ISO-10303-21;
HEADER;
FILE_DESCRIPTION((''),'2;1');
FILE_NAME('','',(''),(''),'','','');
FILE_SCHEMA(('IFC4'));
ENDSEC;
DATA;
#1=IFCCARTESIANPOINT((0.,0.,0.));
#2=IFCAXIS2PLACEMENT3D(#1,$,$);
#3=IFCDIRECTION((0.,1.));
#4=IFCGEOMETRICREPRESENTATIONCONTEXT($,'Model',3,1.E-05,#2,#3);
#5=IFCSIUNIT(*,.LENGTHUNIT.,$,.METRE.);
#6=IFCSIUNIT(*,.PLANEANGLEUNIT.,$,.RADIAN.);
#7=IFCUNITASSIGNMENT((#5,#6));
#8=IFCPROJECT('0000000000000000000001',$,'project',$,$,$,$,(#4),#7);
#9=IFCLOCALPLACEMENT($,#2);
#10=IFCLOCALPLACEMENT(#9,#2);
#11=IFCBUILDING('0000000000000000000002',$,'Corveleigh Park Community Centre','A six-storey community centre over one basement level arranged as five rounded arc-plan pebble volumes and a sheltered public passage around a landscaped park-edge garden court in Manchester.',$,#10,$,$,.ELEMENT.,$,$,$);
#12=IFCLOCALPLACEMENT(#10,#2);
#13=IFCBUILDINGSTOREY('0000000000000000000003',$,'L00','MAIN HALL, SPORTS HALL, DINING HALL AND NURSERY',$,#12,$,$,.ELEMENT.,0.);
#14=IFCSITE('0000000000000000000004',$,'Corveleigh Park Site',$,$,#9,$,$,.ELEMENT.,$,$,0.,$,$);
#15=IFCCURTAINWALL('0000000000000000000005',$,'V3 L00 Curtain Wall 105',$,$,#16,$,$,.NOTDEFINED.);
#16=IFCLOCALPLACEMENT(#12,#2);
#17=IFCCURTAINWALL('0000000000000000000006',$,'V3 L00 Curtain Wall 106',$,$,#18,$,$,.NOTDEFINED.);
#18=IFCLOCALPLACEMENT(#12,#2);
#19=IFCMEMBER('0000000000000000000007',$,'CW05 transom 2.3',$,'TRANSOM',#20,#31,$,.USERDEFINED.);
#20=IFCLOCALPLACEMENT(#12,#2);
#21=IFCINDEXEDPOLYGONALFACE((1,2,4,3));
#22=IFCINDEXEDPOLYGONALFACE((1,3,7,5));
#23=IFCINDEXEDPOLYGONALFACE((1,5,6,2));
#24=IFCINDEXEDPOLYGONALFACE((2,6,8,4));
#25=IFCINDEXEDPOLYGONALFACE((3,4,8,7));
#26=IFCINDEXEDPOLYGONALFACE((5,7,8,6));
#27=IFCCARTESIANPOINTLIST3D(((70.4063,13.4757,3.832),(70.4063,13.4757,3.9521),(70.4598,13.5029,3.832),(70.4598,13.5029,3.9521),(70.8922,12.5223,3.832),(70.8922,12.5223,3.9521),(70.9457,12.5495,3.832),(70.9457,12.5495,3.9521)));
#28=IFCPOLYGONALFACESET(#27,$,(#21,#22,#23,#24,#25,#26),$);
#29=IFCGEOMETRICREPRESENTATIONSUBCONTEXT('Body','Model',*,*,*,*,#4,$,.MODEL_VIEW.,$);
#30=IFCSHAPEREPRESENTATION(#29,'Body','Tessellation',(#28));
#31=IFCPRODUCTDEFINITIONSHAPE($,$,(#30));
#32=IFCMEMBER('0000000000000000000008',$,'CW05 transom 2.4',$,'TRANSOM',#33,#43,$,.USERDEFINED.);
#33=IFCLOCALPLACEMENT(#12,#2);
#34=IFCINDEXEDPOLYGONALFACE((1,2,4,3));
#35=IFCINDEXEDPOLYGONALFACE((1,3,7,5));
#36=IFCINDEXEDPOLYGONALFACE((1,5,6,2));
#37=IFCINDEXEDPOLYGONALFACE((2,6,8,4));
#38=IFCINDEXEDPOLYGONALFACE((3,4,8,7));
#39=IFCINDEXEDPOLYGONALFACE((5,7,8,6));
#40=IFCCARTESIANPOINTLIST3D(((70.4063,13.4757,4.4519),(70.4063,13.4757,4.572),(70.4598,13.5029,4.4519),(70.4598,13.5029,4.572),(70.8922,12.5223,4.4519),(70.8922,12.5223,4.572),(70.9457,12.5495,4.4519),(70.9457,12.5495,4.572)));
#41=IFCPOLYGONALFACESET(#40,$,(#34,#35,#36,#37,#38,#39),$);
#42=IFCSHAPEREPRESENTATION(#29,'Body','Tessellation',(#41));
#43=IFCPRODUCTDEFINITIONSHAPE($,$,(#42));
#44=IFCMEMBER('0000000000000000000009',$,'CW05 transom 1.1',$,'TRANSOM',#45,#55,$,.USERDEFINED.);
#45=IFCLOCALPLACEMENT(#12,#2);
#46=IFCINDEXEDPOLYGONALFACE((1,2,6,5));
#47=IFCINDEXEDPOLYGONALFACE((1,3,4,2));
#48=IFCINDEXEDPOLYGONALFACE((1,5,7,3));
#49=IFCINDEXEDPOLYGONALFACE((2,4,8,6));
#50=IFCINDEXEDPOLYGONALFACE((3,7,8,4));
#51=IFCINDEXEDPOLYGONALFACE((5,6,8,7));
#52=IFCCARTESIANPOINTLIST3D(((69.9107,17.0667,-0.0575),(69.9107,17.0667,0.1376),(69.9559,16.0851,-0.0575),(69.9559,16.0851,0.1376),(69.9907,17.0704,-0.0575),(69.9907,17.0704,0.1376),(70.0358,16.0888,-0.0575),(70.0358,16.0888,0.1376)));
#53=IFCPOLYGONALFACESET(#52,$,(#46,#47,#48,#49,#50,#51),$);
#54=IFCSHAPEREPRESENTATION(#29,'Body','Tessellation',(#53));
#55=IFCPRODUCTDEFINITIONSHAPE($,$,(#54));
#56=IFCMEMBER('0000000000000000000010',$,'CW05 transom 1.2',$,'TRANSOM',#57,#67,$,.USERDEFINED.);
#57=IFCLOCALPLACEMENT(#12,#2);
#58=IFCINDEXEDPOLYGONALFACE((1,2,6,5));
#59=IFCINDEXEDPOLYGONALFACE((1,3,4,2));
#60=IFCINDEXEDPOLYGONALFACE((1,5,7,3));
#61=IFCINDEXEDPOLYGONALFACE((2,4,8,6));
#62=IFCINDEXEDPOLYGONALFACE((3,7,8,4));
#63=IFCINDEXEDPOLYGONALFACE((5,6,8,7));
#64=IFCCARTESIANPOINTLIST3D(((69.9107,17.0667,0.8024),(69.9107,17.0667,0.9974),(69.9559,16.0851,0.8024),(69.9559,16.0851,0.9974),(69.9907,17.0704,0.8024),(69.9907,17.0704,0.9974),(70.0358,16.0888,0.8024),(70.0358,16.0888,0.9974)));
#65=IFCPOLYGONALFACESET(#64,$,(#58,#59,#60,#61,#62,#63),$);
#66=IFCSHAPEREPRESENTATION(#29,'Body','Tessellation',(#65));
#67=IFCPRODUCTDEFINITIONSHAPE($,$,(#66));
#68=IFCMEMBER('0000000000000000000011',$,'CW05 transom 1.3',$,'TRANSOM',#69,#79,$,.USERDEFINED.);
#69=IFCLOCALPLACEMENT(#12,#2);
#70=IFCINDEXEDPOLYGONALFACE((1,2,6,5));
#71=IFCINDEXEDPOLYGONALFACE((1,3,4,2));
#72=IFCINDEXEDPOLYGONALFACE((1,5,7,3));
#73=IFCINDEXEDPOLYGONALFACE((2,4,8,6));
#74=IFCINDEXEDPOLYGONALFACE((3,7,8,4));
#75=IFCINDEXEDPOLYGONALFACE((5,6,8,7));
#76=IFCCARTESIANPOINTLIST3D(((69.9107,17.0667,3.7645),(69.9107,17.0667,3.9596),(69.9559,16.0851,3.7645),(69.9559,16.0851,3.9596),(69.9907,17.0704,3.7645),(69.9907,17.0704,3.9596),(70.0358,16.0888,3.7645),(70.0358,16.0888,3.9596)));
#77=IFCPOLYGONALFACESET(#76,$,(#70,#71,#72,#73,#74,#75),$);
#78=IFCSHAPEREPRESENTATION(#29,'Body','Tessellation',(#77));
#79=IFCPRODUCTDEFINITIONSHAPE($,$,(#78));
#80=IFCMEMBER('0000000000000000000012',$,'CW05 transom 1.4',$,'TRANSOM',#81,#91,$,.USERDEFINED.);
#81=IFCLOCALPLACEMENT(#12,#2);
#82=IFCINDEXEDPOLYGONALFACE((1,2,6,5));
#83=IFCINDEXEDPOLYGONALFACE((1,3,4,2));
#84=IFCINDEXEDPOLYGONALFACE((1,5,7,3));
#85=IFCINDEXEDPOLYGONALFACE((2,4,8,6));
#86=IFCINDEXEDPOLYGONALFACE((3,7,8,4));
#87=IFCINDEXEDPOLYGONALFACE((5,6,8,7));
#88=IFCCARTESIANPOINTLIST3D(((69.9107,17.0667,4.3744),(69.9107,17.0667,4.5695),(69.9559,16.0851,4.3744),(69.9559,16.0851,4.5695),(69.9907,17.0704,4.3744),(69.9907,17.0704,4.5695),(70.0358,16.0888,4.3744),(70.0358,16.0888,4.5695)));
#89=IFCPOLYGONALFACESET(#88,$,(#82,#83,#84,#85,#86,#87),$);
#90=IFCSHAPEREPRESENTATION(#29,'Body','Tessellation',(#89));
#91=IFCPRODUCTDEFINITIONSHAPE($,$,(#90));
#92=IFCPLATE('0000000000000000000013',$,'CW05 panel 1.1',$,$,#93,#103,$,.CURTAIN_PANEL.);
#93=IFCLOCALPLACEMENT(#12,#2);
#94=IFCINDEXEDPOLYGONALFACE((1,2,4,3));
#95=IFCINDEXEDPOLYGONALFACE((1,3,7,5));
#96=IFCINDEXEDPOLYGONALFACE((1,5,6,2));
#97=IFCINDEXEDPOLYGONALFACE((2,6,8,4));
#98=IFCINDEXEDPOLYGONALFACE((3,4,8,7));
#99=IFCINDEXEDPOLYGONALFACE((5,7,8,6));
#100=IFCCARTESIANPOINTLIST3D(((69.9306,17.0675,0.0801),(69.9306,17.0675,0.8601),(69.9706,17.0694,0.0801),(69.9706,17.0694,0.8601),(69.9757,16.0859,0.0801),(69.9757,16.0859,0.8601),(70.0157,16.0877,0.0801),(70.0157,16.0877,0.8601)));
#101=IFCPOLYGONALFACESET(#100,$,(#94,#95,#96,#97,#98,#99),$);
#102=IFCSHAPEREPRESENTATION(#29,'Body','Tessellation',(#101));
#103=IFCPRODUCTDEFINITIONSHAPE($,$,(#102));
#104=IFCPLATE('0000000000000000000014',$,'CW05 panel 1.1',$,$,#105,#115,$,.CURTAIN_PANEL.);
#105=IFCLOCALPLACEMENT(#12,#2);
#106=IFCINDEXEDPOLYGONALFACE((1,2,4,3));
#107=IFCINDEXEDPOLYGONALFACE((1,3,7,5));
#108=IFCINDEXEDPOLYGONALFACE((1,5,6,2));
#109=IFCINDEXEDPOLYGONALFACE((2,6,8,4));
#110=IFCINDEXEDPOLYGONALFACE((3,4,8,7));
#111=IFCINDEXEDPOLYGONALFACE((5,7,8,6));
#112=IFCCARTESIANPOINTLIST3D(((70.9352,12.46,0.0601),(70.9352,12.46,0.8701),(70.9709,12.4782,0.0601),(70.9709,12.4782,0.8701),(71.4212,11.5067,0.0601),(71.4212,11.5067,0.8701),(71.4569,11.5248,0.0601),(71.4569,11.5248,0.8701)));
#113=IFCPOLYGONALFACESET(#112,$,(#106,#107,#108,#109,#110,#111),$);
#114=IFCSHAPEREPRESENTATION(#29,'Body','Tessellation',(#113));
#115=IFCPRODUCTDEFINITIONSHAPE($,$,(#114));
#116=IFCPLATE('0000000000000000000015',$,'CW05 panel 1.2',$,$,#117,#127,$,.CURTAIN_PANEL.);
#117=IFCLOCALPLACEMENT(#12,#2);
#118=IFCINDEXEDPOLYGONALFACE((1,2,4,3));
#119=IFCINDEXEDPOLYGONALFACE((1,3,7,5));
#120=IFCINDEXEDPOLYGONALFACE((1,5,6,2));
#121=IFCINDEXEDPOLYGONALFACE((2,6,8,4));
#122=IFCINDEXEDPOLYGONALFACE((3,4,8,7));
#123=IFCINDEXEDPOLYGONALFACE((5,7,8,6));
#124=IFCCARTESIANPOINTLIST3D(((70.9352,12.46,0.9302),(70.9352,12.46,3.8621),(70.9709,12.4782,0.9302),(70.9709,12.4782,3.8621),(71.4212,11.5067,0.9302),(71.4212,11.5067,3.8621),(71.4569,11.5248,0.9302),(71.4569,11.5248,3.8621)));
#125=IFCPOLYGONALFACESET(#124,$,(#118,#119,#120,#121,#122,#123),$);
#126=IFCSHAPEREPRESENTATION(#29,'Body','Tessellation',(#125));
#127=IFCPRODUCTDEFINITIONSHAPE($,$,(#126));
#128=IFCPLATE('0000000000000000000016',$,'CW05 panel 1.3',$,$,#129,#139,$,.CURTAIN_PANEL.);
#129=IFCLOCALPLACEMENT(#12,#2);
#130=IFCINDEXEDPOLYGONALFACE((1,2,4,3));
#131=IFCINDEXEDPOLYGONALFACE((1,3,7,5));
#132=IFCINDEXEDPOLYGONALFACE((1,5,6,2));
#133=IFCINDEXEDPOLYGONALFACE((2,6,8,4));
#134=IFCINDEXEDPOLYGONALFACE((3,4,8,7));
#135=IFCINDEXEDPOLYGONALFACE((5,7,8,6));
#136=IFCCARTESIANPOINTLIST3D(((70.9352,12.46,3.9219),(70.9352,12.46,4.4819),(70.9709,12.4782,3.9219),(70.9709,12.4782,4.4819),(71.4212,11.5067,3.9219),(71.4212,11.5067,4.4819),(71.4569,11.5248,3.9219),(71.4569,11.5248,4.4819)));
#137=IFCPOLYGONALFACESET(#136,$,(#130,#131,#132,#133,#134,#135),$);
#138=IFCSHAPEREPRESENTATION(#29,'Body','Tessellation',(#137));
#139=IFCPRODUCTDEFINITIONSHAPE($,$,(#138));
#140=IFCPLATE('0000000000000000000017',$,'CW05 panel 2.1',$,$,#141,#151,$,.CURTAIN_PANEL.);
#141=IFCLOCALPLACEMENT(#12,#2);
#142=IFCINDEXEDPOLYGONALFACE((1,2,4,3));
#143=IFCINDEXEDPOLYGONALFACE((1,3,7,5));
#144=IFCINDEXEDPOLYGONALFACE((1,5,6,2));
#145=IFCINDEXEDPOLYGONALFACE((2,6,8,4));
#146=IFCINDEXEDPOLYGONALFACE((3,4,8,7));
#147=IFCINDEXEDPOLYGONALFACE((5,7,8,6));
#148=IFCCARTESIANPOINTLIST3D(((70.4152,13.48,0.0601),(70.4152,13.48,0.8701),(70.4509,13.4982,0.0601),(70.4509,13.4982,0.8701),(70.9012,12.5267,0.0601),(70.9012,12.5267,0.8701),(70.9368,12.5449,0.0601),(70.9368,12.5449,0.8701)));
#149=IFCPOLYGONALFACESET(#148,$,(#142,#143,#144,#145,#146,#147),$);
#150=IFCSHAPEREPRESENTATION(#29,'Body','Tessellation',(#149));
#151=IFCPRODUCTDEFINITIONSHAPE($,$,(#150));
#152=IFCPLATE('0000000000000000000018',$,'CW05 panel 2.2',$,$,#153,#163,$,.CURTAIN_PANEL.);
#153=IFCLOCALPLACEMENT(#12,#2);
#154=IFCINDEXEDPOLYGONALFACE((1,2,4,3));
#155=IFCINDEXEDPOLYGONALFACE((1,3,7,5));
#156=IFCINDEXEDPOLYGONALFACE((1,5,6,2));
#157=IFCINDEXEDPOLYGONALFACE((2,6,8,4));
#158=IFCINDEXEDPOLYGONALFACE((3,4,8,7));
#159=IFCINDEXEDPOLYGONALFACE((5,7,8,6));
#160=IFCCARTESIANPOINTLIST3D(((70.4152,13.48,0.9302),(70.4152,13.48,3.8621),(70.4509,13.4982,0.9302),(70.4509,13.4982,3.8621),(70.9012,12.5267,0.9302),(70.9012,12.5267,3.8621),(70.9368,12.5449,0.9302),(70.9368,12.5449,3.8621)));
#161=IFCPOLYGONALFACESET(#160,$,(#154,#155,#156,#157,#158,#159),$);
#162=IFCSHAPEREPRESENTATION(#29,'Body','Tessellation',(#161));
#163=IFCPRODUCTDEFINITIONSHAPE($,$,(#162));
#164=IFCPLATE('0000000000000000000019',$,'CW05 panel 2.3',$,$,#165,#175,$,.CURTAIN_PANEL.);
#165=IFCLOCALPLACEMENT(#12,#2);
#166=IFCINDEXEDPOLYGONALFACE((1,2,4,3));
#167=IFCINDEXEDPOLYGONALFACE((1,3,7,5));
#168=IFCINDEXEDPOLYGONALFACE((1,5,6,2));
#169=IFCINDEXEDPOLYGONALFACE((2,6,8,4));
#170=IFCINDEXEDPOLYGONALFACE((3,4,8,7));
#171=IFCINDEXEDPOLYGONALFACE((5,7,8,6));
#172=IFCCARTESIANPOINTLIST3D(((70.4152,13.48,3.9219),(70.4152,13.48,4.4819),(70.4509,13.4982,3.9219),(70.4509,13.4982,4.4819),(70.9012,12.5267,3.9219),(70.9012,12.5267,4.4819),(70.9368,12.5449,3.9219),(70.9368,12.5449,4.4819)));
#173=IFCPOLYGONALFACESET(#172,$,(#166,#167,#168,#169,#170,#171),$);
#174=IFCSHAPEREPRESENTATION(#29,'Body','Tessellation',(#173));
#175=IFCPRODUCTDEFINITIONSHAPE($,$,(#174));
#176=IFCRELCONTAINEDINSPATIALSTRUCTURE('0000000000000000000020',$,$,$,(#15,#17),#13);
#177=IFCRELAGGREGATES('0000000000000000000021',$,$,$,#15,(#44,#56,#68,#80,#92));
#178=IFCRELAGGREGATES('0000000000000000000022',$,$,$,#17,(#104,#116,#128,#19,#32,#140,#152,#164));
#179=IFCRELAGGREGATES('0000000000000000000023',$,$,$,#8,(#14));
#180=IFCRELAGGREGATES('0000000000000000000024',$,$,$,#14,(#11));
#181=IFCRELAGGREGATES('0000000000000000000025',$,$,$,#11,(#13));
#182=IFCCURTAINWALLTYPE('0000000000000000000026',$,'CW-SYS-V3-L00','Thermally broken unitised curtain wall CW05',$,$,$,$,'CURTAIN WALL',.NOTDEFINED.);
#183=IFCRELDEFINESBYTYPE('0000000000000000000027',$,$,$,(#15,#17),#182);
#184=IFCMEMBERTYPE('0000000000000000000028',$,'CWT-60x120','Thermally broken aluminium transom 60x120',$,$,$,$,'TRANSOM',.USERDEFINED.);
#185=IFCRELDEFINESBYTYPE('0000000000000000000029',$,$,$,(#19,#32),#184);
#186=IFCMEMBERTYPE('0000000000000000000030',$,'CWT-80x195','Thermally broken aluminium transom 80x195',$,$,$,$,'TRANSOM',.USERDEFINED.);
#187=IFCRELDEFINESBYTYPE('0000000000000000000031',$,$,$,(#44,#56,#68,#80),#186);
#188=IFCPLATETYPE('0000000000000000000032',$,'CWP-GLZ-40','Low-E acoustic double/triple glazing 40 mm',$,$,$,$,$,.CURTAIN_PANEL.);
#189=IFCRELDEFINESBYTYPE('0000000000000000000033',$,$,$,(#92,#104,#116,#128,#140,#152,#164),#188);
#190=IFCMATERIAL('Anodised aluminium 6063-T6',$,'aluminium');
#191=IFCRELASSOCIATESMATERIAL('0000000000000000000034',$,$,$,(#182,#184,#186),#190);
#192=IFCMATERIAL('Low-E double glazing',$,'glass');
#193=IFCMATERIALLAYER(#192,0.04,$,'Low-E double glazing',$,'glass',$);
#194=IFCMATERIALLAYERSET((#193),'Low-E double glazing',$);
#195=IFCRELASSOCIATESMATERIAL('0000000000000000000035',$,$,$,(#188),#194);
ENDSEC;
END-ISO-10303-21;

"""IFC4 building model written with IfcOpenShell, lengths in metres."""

from ifc_helpers import new_model, si_unit, direction, frame, origin, origin_2d, place, context, subcontext, project, spatial, rectangle, extrude, material, layer, layer_set, material_profile, profile_set, type_object, element, aggregate, save


model = new_model("IFC4")

# Units and contexts
model_context = context("Model", 3, precision=1e-05, world=origin(), true_north=direction((0.0, 1.0)))
body_context = subcontext(model_context, "Body", "Model", "MODEL_VIEW")
ifc_project = project(units=[si_unit("LENGTHUNIT", "METRE"), si_unit("PLANEANGLEUNIT", "RADIAN")], contexts=[model_context])

# Site, building, storey
site_placement = place(None, origin())
site = spatial("IfcSite", under=ifc_project, at=site_placement, Name="Corveleigh Park Site", CompositionType="ELEMENT", RefElevation=0.0)
building_placement = place(site_placement, origin())
building = spatial("IfcBuilding", under=site, at=building_placement, Name="Corveleigh Park Community Centre", Description="A six-storey community centre over one basement level arranged as five rounded arc-plan pebble volumes and a sheltered public passage around a landscaped park-edge garden court in Manchester.", CompositionType="ELEMENT")
storey_placement = place(building_placement, origin())
storey = spatial("IfcBuildingStorey", under=building, at=storey_placement, Name="L00", Description="MAIN HALL, SPORTS HALL, DINING HALL AND NURSERY", CompositionType="ELEMENT", Elevation=0.0)

# Curtain wall
ifc_material_1 = material(Name="Anodised aluminium 6063-T6", Category="aluminium")
curtain_wall_type = type_object("IfcCurtainWallType", Name="CW-SYS-V3-L00", Description="Thermally broken unitised curtain wall CW05", ElementType="CURTAIN WALL", PredefinedType="NOTDEFINED", material=ifc_material_1)
curtain_wall_1_placement = place(storey_placement, origin())
curtain_wall_1 = element("IfcCurtainWall", 1, at=curtain_wall_1_placement, inside=storey, type_object=curtain_wall_type, Name="V3 L00 Curtain Wall 105", PredefinedType="NOTDEFINED")

# Curtain wall, members
curtain_wall_2_placement = place(storey_placement, origin())
curtain_wall_2 = element("IfcCurtainWall", 2, at=curtain_wall_2_placement, inside=storey, type_object=curtain_wall_type, Name="V3 L00 Curtain Wall 106", PredefinedType="NOTDEFINED")
ifc_material_profile_1 = material_profile(ifc_material_1, rectangle(XDim=0.0601, YDim=0.1201, at=origin_2d()), Name="ALU-T60x120", Category="aluminium")
ifc_profile_set_1 = profile_set([ifc_material_profile_1], Name="Anodised aluminium 6063-T6")
member_type_1 = type_object("IfcMemberType", Name="CWT-60x120", Description="Thermally broken aluminium transom 60x120", ElementType="TRANSOM", PredefinedType="USERDEFINED", material=ifc_profile_set_1)
member_1_placement = place(storey_placement, frame((70.9189, 12.5359, 3.8921), z_axis=(-0.454045, 0.890979, 0.0), x_axis=(-0.890979, -0.454045, 0.0)))
member_1 = element("IfcMember", 3, at=member_1_placement, type_object=member_type_1, Name="CW05 transom 2.3", ObjectType="TRANSOM", PredefinedType="USERDEFINED", context=body_context, shape_type="SweptSolid", body=[
    extrude(rectangle(XDim=0.0601, YDim=0.1201, at=origin_2d()), origin(), (0.0, 0.0, 1.0), 1.0701),
])
member_2_placement = place(storey_placement, frame((70.9189, 12.5359, 4.512), z_axis=(-0.454045, 0.890979, 0.0), x_axis=(-0.890979, -0.454045, 0.0)))
member_2 = element("IfcMember", 4, at=member_2_placement, type_object=member_type_1, Name="CW05 transom 2.4", ObjectType="TRANSOM", PredefinedType="USERDEFINED", context=body_context, shape_type="SweptSolid", body=[
    extrude(rectangle(XDim=0.0601, YDim=0.1201, at=origin_2d()), origin(), (0.0, 0.0, 1.0), 1.0701),
])

# Members
ifc_material_profile_2 = material_profile(ifc_material_1, rectangle(XDim=0.0801, YDim=0.1951, at=origin_2d()), Name="ALU-T80x195", Category="aluminium")
ifc_profile_set_2 = profile_set([ifc_material_profile_2], Name="Anodised aluminium 6063-T6")
member_type_2 = type_object("IfcMemberType", Name="CWT-80x195", Description="Thermally broken aluminium transom 80x195", ElementType="TRANSOM", PredefinedType="USERDEFINED", material=ifc_profile_set_2)
member_3_placement = place(storey_placement, frame((69.9958, 16.0869, 0.04), z_axis=(-0.04596, 0.998943, 0.0), x_axis=(-0.998943, -0.04596, 0.0)))
member_3 = element("IfcMember", 5, at=member_3_placement, type_object=member_type_2, Name="CW05 transom 1.1", ObjectType="TRANSOM", PredefinedType="USERDEFINED", context=body_context, shape_type="SweptSolid", body=[
    extrude(rectangle(XDim=0.0801, YDim=0.1951, at=origin_2d()), origin(), (0.0, 0.0, 1.0), 0.9827),
])
member_4_placement = place(storey_placement, frame((69.9958, 16.0869, 0.8999), z_axis=(-0.04596, 0.998943, 0.0), x_axis=(-0.998943, -0.04596, 0.0)))
member_4 = element("IfcMember", 6, at=member_4_placement, type_object=member_type_2, Name="CW05 transom 1.2", ObjectType="TRANSOM", PredefinedType="USERDEFINED", context=body_context, shape_type="SweptSolid", body=[
    extrude(rectangle(XDim=0.0801, YDim=0.1951, at=origin_2d()), origin(), (0.0, 0.0, 1.0), 0.9827),
])
member_5_placement = place(storey_placement, frame((69.9958, 16.0869, 3.8621), z_axis=(-0.04596, 0.998943, 0.0), x_axis=(-0.998943, -0.04596, 0.0)))
member_5 = element("IfcMember", 7, at=member_5_placement, type_object=member_type_2, Name="CW05 transom 1.3", ObjectType="TRANSOM", PredefinedType="USERDEFINED", context=body_context, shape_type="SweptSolid", body=[
    extrude(rectangle(XDim=0.0801, YDim=0.1951, at=origin_2d()), origin(), (0.0, 0.0, 1.0), 0.9827),
])
member_6_placement = place(storey_placement, frame((69.9958, 16.0869, 4.4719), z_axis=(-0.04596, 0.998943, 0.0), x_axis=(-0.998943, -0.04596, 0.0)))
member_6 = element("IfcMember", 8, at=member_6_placement, type_object=member_type_2, Name="CW05 transom 1.4", ObjectType="TRANSOM", PredefinedType="USERDEFINED", context=body_context, shape_type="SweptSolid", body=[
    extrude(rectangle(XDim=0.0801, YDim=0.1951, at=origin_2d()), origin(), (0.0, 0.0, 1.0), 0.9827),
])

# Plates
ifc_material_2 = material(Name="Low-E double glazing", Category="glass")
ifc_layer_1 = layer(ifc_material_2, 0.04, Name="Low-E double glazing", Category="glass")
ifc_layer_set_1 = layer_set([ifc_layer_1], Name="Low-E double glazing")
plate_type = type_object("IfcPlateType", Name="CWP-GLZ-40", Description="Low-E acoustic double/triple glazing 40 mm", PredefinedType="CURTAIN_PANEL", material=ifc_layer_set_1)
plate_1_placement = place(storey_placement, frame((69.9731, 16.5776, 0.0801), z_axis=(0.0, 0.0, 1.0), x_axis=(-0.045971, 0.998943, 0.0)))
plate_1 = element("IfcPlate", 9, at=plate_1_placement, type_object=plate_type, Name="CW05 panel 1.1", PredefinedType="CURTAIN_PANEL", context=body_context, shape_type="SweptSolid", body=[
    extrude(rectangle(XDim=0.9827, YDim=0.04, at=origin_2d()), origin(), (0.0, 0.0, 1.0), 0.78),
])
aggregate(curtain_wall_1, [member_3, member_4, member_5, member_6, plate_1])
plate_2_placement = place(storey_placement, frame((71.196, 11.9924, 0.0601), z_axis=(0.0, 0.0, 1.0), x_axis=(-0.454135, 0.890933, 0.0)))
plate_2 = element("IfcPlate", 10, at=plate_2_placement, type_object=plate_type, Name="CW05 panel 1.1", PredefinedType="CURTAIN_PANEL", context=body_context, shape_type="SweptSolid", body=[
    extrude(rectangle(XDim=1.0701, YDim=0.04, at=origin_2d()), origin(), (0.0, 0.0, 1.0), 0.8101),
])
plate_3_placement = place(storey_placement, frame((71.196, 11.9924, 0.9302), z_axis=(0.0, 0.0, 1.0), x_axis=(-0.454135, 0.890933, 0.0)))
plate_3 = element("IfcPlate", 11, at=plate_3_placement, type_object=plate_type, Name="CW05 panel 1.2", PredefinedType="CURTAIN_PANEL", context=body_context, shape_type="SweptSolid", body=[
    extrude(rectangle(XDim=1.0701, YDim=0.04, at=origin_2d()), origin(), (0.0, 0.0, 1.0), 2.9319),
])
plate_4_placement = place(storey_placement, frame((71.196, 11.9924, 3.9219), z_axis=(0.0, 0.0, 1.0), x_axis=(-0.454135, 0.890933, 0.0)))
plate_4 = element("IfcPlate", 12, at=plate_4_placement, type_object=plate_type, Name="CW05 panel 1.3", PredefinedType="CURTAIN_PANEL", context=body_context, shape_type="SweptSolid", body=[
    extrude(rectangle(XDim=1.0701, YDim=0.04, at=origin_2d()), origin(), (0.0, 0.0, 1.0), 0.5601),
])
plate_5_placement = place(storey_placement, frame((70.676, 13.0125, 0.0601), z_axis=(0.0, 0.0, 1.0), x_axis=(-0.454135, 0.890933, 0.0)))
plate_5 = element("IfcPlate", 13, at=plate_5_placement, type_object=plate_type, Name="CW05 panel 2.1", PredefinedType="CURTAIN_PANEL", context=body_context, shape_type="SweptSolid", body=[
    extrude(rectangle(XDim=1.0701, YDim=0.04, at=origin_2d()), origin(), (0.0, 0.0, 1.0), 0.8101),
])
plate_6_placement = place(storey_placement, frame((70.676, 13.0125, 0.9302), z_axis=(0.0, 0.0, 1.0), x_axis=(-0.454135, 0.890933, 0.0)))
plate_6 = element("IfcPlate", 14, at=plate_6_placement, type_object=plate_type, Name="CW05 panel 2.2", PredefinedType="CURTAIN_PANEL", context=body_context, shape_type="SweptSolid", body=[
    extrude(rectangle(XDim=1.0701, YDim=0.04, at=origin_2d()), origin(), (0.0, 0.0, 1.0), 2.9319),
])
plate_7_placement = place(storey_placement, frame((70.676, 13.0125, 3.9219), z_axis=(0.0, 0.0, 1.0), x_axis=(-0.454135, 0.890933, 0.0)))
plate_7 = element("IfcPlate", 15, at=plate_7_placement, type_object=plate_type, Name="CW05 panel 2.3", PredefinedType="CURTAIN_PANEL", context=body_context, shape_type="SweptSolid", body=[
    extrude(rectangle(XDim=1.0701, YDim=0.04, at=origin_2d()), origin(), (0.0, 0.0, 1.0), 0.5601),
])
aggregate(curtain_wall_2, [plate_2, plate_3, plate_4, member_1, member_2, plate_5, plate_6, plate_7])

save(model, "model.ifc")
